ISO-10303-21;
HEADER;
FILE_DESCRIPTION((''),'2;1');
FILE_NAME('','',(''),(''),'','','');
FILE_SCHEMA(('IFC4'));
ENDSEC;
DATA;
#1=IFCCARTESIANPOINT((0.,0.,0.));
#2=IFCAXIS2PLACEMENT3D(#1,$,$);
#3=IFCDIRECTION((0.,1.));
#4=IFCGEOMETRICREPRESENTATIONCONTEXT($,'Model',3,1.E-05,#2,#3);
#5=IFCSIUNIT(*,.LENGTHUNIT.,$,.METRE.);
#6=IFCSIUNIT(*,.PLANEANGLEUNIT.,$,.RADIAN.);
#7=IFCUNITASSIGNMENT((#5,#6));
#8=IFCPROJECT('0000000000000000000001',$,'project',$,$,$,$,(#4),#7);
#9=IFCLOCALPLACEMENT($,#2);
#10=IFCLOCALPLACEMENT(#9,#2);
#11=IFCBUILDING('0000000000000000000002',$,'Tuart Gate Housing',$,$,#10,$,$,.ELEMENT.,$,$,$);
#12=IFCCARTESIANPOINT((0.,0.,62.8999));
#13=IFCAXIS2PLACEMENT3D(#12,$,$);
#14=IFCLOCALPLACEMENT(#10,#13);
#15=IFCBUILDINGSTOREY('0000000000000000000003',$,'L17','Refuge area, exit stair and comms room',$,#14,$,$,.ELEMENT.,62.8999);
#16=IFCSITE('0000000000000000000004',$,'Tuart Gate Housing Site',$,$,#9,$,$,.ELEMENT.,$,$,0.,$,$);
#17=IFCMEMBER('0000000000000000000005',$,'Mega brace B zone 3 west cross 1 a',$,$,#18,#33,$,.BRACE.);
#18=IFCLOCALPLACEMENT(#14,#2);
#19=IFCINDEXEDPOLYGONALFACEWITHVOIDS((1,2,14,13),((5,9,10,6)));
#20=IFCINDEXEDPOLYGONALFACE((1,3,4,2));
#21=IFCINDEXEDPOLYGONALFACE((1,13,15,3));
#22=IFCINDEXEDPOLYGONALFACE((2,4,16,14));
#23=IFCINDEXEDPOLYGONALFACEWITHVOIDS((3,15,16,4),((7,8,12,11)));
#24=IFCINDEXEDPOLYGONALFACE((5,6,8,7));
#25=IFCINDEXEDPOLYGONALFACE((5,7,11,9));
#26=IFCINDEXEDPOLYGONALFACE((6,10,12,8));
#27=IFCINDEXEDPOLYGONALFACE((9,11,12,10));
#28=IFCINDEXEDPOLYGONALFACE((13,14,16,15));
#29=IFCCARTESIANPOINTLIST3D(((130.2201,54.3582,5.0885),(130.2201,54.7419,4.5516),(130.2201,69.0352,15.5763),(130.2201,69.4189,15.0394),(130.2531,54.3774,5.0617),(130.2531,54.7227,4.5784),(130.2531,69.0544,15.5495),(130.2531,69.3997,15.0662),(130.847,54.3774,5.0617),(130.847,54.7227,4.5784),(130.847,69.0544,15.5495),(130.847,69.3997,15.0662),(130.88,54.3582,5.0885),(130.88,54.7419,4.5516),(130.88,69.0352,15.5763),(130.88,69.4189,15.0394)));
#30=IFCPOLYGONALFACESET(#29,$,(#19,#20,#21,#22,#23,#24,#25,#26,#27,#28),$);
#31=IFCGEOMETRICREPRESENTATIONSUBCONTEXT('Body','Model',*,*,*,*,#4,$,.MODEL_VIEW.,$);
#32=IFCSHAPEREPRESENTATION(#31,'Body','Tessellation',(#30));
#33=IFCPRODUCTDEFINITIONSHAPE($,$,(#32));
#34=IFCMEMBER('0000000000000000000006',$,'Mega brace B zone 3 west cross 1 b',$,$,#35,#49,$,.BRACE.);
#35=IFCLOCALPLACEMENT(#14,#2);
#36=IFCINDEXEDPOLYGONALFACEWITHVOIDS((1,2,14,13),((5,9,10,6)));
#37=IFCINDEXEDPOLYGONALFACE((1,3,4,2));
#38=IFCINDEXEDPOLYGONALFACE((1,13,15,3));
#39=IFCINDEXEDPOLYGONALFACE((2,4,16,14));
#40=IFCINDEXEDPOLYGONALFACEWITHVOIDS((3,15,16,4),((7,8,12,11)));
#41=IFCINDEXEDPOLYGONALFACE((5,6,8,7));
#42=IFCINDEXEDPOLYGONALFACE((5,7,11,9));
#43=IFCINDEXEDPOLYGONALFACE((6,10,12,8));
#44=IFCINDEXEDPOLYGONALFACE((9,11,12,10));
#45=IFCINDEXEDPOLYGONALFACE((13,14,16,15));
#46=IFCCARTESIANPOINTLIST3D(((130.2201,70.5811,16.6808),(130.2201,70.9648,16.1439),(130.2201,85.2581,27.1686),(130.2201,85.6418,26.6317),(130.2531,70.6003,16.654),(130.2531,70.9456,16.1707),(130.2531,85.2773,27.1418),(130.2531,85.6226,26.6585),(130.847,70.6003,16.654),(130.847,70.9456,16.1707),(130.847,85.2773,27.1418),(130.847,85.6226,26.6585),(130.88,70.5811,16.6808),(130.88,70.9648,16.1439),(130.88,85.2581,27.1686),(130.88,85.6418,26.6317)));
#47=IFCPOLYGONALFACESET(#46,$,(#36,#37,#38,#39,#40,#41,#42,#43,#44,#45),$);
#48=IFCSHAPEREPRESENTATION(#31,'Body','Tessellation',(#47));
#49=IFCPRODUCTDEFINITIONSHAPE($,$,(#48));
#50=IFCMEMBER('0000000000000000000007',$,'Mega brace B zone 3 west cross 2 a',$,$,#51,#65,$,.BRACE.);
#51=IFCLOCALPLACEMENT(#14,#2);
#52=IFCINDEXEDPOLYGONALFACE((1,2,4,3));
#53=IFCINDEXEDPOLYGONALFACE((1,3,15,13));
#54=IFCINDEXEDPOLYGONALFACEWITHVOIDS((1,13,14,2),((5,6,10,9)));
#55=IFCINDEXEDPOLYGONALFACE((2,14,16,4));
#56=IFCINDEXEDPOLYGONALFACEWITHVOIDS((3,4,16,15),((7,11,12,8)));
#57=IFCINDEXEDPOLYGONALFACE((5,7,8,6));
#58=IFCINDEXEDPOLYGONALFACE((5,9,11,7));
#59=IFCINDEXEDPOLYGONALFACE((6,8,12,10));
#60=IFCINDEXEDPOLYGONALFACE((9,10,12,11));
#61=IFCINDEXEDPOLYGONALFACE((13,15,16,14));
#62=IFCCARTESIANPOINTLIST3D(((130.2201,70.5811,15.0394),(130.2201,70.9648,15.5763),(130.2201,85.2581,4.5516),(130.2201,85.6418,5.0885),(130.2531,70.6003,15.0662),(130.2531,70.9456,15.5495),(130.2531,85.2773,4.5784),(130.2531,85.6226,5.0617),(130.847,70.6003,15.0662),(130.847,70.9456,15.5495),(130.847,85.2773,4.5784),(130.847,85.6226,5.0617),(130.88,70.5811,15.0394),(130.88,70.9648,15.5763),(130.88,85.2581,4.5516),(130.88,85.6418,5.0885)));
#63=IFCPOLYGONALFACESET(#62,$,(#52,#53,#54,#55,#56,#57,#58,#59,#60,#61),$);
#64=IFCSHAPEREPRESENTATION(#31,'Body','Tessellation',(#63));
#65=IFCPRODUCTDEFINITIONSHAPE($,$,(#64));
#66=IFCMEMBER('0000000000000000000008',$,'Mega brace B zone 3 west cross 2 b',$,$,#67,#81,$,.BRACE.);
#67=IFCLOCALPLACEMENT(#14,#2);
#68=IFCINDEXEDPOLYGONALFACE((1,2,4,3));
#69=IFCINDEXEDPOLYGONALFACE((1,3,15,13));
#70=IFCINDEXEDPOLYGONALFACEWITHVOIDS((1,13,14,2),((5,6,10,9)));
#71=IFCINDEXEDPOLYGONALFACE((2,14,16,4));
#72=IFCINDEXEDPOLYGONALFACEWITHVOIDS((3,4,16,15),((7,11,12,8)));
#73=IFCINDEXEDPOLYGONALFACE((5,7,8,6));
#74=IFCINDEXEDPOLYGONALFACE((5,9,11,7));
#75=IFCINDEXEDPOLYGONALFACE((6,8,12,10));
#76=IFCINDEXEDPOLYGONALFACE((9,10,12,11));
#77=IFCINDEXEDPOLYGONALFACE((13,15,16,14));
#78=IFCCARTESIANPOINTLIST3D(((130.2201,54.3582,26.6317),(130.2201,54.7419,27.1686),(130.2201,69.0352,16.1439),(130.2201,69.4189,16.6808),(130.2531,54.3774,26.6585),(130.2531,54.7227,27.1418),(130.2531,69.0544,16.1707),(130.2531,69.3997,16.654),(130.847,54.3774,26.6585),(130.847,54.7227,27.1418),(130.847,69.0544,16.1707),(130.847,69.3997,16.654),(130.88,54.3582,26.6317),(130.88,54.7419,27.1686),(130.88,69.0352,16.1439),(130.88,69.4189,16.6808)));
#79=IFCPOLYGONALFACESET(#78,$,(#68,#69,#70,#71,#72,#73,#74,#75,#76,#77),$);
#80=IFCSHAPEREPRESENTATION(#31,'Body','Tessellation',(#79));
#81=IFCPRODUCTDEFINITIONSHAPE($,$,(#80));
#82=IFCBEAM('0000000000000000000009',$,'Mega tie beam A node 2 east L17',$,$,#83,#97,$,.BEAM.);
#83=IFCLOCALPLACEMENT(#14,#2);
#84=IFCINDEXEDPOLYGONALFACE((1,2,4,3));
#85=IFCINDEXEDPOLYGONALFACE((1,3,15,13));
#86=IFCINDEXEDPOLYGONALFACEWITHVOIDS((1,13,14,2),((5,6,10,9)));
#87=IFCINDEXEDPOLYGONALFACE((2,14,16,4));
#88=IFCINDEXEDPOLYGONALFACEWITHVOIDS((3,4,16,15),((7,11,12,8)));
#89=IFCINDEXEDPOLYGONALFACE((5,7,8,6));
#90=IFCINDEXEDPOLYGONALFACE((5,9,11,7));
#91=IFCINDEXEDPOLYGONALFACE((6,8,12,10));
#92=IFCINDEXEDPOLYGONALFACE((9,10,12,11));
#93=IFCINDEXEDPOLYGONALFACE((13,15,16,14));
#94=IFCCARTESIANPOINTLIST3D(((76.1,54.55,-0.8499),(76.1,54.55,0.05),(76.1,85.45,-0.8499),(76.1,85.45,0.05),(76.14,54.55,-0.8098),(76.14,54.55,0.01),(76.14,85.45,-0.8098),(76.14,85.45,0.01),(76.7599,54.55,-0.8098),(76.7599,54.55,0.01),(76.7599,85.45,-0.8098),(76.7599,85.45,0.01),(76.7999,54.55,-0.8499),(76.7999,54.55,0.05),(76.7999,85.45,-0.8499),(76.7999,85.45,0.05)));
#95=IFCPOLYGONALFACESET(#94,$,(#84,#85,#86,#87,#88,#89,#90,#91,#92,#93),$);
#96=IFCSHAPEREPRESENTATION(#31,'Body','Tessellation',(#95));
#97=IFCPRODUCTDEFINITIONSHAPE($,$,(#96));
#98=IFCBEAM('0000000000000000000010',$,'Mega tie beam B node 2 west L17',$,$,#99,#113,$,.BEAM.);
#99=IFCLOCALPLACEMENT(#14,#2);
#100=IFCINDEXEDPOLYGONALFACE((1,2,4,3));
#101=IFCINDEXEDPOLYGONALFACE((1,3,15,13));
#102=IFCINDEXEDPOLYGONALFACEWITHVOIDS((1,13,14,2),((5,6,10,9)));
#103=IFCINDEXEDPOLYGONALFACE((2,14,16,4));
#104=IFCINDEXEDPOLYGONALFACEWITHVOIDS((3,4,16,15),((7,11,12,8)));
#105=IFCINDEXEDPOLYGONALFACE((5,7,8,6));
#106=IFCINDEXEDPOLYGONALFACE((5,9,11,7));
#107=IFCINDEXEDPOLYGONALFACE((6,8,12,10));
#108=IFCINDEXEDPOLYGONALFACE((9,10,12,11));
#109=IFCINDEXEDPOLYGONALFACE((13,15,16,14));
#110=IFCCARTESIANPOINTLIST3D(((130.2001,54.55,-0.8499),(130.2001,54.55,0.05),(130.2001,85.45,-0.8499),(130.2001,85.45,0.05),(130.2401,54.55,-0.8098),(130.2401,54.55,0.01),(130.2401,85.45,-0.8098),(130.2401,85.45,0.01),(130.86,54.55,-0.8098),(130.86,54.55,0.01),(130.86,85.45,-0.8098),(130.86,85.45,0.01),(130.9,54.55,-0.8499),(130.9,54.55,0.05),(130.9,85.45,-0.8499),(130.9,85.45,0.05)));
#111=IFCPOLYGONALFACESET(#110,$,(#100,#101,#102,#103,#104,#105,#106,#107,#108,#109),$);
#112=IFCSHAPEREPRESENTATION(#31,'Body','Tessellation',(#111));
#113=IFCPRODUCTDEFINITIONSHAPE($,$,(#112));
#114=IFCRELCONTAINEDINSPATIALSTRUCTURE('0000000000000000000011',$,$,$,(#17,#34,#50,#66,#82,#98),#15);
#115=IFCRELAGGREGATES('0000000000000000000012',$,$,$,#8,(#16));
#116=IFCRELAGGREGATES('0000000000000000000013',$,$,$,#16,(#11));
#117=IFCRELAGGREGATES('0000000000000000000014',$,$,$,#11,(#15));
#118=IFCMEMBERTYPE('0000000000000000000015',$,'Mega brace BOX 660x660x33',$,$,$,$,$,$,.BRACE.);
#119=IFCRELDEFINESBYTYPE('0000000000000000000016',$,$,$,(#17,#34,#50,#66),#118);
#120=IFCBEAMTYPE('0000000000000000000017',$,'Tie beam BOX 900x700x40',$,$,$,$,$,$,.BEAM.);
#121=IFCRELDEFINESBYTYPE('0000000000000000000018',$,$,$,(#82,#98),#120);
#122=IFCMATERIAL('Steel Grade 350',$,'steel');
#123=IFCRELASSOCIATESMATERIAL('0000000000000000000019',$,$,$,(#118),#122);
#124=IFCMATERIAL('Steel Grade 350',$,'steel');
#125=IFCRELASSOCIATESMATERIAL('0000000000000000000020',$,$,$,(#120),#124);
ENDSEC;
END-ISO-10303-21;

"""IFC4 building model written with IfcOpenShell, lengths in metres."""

from ifc_helpers import new_model, si_unit, direction, frame, origin, origin_2d, place, context, subcontext, project, spatial, hollow_rectangle, extrude, material, material_profile, profile_set, type_object, element, save


model = new_model("IFC4")

# Units and contexts
model_context = context("Model", 3, precision=1e-05, world=origin(), true_north=direction((0.0, 1.0)))
body_context = subcontext(model_context, "Body", "Model", "MODEL_VIEW")
ifc_project = project(units=[si_unit("LENGTHUNIT", "METRE"), si_unit("PLANEANGLEUNIT", "RADIAN")], contexts=[model_context])

# Site, building, storey
site_placement = place(None, origin())
site = spatial("IfcSite", under=ifc_project, at=site_placement, Name="Tuart Gate Housing Site", CompositionType="ELEMENT", RefElevation=0.0)
building_placement = place(site_placement, origin())
building = spatial("IfcBuilding", under=site, at=building_placement, Name="Tuart Gate Housing", CompositionType="ELEMENT")
storey_placement = place(building_placement, frame((0.0, 0.0, 62.8999)))
storey = spatial("IfcBuildingStorey", under=building, at=storey_placement, Name="L17", Description="Refuge area, exit stair and comms room", CompositionType="ELEMENT", Elevation=62.8999)

# Members
ifc_material_1 = material(Name="Steel Grade 350", Category="steel")
ifc_material_profile_1 = material_profile(ifc_material_1, hollow_rectangle(XDim=0.6599, YDim=0.6599, WallThickness=0.033, at=origin_2d()), Name="BOX 660x660x33")
ifc_profile_set_1 = profile_set([ifc_material_profile_1], Name="Steel Grade 350")
member_type_1 = type_object("IfcMemberType", Name="Mega brace BOX 660x660x33", PredefinedType="BRACE", material=ifc_profile_set_1)
for number, where, z_axis, x_axis, name in (
    (1, (130.55, 54.55, 4.8201), (0.0, 0.813623, 0.581393), (-1.0, 0.0, 0.0), "Mega brace B zone 3 west cross 1 a"),
    (2, (130.55, 70.7729, 16.4124), (0.0, 0.813623, 0.581393), (-1.0, 0.0, 0.0), "Mega brace B zone 3 west cross 1 b"),
    (3, (130.55, 85.45, 4.8201), (0.0, -0.813623, 0.581393), (1.0, 0.0, 0.0), "Mega brace B zone 3 west cross 2 a"),
    (4, (130.55, 69.2271, 16.4124), (0.0, -0.813623, 0.581393), (1.0, 0.0, 0.0), "Mega brace B zone 3 west cross 2 b"),
):
    element("IfcMember", number, at=place(storey_placement, frame(where, z_axis=z_axis, x_axis=x_axis)), inside=storey, type_object=member_type_1, Name=name, PredefinedType="BRACE", context=body_context, shape_type="SweptSolid", body=[
        extrude(hollow_rectangle(XDim=0.6599, YDim=0.6599, WallThickness=0.033, at=origin_2d()), origin(), (0.0, 0.0, 1.0), 18.0391),
    ])

# Beams
ifc_material_2 = material(Name="Steel Grade 350", Category="steel")
ifc_material_profile_2 = material_profile(ifc_material_2, hollow_rectangle(XDim=0.7, YDim=0.8999, WallThickness=0.04, at=origin_2d()), Name="BOX 900x700x40")
ifc_profile_set_2 = profile_set([ifc_material_profile_2], Name="Steel Grade 350")
beam_type_1 = type_object("IfcBeamType", Name="Tie beam BOX 900x700x40", PredefinedType="BEAM", material=ifc_profile_set_2)
for number, where, z_axis, x_axis, name in (
    (5, (76.45, 54.55, -0.3999), (0.0, 1.0, 0.0), (-1.0, 0.0, 0.0), "Mega tie beam A node 2 east L17"),
    (6, (130.55, 54.55, -0.3999), (0.0, 1.0, 0.0), (-1.0, 0.0, 0.0), "Mega tie beam B node 2 west L17"),
):
    element("IfcBeam", number, at=place(storey_placement, frame(where, z_axis=z_axis, x_axis=x_axis)), inside=storey, type_object=beam_type_1, Name=name, PredefinedType="BEAM", context=body_context, shape_type="SweptSolid", body=[
        extrude(hollow_rectangle(XDim=0.7, YDim=0.8999, WallThickness=0.04, at=origin_2d()), origin(), (0.0, 0.0, 1.0), 30.8999),
    ])

save(model, "model.ifc")
